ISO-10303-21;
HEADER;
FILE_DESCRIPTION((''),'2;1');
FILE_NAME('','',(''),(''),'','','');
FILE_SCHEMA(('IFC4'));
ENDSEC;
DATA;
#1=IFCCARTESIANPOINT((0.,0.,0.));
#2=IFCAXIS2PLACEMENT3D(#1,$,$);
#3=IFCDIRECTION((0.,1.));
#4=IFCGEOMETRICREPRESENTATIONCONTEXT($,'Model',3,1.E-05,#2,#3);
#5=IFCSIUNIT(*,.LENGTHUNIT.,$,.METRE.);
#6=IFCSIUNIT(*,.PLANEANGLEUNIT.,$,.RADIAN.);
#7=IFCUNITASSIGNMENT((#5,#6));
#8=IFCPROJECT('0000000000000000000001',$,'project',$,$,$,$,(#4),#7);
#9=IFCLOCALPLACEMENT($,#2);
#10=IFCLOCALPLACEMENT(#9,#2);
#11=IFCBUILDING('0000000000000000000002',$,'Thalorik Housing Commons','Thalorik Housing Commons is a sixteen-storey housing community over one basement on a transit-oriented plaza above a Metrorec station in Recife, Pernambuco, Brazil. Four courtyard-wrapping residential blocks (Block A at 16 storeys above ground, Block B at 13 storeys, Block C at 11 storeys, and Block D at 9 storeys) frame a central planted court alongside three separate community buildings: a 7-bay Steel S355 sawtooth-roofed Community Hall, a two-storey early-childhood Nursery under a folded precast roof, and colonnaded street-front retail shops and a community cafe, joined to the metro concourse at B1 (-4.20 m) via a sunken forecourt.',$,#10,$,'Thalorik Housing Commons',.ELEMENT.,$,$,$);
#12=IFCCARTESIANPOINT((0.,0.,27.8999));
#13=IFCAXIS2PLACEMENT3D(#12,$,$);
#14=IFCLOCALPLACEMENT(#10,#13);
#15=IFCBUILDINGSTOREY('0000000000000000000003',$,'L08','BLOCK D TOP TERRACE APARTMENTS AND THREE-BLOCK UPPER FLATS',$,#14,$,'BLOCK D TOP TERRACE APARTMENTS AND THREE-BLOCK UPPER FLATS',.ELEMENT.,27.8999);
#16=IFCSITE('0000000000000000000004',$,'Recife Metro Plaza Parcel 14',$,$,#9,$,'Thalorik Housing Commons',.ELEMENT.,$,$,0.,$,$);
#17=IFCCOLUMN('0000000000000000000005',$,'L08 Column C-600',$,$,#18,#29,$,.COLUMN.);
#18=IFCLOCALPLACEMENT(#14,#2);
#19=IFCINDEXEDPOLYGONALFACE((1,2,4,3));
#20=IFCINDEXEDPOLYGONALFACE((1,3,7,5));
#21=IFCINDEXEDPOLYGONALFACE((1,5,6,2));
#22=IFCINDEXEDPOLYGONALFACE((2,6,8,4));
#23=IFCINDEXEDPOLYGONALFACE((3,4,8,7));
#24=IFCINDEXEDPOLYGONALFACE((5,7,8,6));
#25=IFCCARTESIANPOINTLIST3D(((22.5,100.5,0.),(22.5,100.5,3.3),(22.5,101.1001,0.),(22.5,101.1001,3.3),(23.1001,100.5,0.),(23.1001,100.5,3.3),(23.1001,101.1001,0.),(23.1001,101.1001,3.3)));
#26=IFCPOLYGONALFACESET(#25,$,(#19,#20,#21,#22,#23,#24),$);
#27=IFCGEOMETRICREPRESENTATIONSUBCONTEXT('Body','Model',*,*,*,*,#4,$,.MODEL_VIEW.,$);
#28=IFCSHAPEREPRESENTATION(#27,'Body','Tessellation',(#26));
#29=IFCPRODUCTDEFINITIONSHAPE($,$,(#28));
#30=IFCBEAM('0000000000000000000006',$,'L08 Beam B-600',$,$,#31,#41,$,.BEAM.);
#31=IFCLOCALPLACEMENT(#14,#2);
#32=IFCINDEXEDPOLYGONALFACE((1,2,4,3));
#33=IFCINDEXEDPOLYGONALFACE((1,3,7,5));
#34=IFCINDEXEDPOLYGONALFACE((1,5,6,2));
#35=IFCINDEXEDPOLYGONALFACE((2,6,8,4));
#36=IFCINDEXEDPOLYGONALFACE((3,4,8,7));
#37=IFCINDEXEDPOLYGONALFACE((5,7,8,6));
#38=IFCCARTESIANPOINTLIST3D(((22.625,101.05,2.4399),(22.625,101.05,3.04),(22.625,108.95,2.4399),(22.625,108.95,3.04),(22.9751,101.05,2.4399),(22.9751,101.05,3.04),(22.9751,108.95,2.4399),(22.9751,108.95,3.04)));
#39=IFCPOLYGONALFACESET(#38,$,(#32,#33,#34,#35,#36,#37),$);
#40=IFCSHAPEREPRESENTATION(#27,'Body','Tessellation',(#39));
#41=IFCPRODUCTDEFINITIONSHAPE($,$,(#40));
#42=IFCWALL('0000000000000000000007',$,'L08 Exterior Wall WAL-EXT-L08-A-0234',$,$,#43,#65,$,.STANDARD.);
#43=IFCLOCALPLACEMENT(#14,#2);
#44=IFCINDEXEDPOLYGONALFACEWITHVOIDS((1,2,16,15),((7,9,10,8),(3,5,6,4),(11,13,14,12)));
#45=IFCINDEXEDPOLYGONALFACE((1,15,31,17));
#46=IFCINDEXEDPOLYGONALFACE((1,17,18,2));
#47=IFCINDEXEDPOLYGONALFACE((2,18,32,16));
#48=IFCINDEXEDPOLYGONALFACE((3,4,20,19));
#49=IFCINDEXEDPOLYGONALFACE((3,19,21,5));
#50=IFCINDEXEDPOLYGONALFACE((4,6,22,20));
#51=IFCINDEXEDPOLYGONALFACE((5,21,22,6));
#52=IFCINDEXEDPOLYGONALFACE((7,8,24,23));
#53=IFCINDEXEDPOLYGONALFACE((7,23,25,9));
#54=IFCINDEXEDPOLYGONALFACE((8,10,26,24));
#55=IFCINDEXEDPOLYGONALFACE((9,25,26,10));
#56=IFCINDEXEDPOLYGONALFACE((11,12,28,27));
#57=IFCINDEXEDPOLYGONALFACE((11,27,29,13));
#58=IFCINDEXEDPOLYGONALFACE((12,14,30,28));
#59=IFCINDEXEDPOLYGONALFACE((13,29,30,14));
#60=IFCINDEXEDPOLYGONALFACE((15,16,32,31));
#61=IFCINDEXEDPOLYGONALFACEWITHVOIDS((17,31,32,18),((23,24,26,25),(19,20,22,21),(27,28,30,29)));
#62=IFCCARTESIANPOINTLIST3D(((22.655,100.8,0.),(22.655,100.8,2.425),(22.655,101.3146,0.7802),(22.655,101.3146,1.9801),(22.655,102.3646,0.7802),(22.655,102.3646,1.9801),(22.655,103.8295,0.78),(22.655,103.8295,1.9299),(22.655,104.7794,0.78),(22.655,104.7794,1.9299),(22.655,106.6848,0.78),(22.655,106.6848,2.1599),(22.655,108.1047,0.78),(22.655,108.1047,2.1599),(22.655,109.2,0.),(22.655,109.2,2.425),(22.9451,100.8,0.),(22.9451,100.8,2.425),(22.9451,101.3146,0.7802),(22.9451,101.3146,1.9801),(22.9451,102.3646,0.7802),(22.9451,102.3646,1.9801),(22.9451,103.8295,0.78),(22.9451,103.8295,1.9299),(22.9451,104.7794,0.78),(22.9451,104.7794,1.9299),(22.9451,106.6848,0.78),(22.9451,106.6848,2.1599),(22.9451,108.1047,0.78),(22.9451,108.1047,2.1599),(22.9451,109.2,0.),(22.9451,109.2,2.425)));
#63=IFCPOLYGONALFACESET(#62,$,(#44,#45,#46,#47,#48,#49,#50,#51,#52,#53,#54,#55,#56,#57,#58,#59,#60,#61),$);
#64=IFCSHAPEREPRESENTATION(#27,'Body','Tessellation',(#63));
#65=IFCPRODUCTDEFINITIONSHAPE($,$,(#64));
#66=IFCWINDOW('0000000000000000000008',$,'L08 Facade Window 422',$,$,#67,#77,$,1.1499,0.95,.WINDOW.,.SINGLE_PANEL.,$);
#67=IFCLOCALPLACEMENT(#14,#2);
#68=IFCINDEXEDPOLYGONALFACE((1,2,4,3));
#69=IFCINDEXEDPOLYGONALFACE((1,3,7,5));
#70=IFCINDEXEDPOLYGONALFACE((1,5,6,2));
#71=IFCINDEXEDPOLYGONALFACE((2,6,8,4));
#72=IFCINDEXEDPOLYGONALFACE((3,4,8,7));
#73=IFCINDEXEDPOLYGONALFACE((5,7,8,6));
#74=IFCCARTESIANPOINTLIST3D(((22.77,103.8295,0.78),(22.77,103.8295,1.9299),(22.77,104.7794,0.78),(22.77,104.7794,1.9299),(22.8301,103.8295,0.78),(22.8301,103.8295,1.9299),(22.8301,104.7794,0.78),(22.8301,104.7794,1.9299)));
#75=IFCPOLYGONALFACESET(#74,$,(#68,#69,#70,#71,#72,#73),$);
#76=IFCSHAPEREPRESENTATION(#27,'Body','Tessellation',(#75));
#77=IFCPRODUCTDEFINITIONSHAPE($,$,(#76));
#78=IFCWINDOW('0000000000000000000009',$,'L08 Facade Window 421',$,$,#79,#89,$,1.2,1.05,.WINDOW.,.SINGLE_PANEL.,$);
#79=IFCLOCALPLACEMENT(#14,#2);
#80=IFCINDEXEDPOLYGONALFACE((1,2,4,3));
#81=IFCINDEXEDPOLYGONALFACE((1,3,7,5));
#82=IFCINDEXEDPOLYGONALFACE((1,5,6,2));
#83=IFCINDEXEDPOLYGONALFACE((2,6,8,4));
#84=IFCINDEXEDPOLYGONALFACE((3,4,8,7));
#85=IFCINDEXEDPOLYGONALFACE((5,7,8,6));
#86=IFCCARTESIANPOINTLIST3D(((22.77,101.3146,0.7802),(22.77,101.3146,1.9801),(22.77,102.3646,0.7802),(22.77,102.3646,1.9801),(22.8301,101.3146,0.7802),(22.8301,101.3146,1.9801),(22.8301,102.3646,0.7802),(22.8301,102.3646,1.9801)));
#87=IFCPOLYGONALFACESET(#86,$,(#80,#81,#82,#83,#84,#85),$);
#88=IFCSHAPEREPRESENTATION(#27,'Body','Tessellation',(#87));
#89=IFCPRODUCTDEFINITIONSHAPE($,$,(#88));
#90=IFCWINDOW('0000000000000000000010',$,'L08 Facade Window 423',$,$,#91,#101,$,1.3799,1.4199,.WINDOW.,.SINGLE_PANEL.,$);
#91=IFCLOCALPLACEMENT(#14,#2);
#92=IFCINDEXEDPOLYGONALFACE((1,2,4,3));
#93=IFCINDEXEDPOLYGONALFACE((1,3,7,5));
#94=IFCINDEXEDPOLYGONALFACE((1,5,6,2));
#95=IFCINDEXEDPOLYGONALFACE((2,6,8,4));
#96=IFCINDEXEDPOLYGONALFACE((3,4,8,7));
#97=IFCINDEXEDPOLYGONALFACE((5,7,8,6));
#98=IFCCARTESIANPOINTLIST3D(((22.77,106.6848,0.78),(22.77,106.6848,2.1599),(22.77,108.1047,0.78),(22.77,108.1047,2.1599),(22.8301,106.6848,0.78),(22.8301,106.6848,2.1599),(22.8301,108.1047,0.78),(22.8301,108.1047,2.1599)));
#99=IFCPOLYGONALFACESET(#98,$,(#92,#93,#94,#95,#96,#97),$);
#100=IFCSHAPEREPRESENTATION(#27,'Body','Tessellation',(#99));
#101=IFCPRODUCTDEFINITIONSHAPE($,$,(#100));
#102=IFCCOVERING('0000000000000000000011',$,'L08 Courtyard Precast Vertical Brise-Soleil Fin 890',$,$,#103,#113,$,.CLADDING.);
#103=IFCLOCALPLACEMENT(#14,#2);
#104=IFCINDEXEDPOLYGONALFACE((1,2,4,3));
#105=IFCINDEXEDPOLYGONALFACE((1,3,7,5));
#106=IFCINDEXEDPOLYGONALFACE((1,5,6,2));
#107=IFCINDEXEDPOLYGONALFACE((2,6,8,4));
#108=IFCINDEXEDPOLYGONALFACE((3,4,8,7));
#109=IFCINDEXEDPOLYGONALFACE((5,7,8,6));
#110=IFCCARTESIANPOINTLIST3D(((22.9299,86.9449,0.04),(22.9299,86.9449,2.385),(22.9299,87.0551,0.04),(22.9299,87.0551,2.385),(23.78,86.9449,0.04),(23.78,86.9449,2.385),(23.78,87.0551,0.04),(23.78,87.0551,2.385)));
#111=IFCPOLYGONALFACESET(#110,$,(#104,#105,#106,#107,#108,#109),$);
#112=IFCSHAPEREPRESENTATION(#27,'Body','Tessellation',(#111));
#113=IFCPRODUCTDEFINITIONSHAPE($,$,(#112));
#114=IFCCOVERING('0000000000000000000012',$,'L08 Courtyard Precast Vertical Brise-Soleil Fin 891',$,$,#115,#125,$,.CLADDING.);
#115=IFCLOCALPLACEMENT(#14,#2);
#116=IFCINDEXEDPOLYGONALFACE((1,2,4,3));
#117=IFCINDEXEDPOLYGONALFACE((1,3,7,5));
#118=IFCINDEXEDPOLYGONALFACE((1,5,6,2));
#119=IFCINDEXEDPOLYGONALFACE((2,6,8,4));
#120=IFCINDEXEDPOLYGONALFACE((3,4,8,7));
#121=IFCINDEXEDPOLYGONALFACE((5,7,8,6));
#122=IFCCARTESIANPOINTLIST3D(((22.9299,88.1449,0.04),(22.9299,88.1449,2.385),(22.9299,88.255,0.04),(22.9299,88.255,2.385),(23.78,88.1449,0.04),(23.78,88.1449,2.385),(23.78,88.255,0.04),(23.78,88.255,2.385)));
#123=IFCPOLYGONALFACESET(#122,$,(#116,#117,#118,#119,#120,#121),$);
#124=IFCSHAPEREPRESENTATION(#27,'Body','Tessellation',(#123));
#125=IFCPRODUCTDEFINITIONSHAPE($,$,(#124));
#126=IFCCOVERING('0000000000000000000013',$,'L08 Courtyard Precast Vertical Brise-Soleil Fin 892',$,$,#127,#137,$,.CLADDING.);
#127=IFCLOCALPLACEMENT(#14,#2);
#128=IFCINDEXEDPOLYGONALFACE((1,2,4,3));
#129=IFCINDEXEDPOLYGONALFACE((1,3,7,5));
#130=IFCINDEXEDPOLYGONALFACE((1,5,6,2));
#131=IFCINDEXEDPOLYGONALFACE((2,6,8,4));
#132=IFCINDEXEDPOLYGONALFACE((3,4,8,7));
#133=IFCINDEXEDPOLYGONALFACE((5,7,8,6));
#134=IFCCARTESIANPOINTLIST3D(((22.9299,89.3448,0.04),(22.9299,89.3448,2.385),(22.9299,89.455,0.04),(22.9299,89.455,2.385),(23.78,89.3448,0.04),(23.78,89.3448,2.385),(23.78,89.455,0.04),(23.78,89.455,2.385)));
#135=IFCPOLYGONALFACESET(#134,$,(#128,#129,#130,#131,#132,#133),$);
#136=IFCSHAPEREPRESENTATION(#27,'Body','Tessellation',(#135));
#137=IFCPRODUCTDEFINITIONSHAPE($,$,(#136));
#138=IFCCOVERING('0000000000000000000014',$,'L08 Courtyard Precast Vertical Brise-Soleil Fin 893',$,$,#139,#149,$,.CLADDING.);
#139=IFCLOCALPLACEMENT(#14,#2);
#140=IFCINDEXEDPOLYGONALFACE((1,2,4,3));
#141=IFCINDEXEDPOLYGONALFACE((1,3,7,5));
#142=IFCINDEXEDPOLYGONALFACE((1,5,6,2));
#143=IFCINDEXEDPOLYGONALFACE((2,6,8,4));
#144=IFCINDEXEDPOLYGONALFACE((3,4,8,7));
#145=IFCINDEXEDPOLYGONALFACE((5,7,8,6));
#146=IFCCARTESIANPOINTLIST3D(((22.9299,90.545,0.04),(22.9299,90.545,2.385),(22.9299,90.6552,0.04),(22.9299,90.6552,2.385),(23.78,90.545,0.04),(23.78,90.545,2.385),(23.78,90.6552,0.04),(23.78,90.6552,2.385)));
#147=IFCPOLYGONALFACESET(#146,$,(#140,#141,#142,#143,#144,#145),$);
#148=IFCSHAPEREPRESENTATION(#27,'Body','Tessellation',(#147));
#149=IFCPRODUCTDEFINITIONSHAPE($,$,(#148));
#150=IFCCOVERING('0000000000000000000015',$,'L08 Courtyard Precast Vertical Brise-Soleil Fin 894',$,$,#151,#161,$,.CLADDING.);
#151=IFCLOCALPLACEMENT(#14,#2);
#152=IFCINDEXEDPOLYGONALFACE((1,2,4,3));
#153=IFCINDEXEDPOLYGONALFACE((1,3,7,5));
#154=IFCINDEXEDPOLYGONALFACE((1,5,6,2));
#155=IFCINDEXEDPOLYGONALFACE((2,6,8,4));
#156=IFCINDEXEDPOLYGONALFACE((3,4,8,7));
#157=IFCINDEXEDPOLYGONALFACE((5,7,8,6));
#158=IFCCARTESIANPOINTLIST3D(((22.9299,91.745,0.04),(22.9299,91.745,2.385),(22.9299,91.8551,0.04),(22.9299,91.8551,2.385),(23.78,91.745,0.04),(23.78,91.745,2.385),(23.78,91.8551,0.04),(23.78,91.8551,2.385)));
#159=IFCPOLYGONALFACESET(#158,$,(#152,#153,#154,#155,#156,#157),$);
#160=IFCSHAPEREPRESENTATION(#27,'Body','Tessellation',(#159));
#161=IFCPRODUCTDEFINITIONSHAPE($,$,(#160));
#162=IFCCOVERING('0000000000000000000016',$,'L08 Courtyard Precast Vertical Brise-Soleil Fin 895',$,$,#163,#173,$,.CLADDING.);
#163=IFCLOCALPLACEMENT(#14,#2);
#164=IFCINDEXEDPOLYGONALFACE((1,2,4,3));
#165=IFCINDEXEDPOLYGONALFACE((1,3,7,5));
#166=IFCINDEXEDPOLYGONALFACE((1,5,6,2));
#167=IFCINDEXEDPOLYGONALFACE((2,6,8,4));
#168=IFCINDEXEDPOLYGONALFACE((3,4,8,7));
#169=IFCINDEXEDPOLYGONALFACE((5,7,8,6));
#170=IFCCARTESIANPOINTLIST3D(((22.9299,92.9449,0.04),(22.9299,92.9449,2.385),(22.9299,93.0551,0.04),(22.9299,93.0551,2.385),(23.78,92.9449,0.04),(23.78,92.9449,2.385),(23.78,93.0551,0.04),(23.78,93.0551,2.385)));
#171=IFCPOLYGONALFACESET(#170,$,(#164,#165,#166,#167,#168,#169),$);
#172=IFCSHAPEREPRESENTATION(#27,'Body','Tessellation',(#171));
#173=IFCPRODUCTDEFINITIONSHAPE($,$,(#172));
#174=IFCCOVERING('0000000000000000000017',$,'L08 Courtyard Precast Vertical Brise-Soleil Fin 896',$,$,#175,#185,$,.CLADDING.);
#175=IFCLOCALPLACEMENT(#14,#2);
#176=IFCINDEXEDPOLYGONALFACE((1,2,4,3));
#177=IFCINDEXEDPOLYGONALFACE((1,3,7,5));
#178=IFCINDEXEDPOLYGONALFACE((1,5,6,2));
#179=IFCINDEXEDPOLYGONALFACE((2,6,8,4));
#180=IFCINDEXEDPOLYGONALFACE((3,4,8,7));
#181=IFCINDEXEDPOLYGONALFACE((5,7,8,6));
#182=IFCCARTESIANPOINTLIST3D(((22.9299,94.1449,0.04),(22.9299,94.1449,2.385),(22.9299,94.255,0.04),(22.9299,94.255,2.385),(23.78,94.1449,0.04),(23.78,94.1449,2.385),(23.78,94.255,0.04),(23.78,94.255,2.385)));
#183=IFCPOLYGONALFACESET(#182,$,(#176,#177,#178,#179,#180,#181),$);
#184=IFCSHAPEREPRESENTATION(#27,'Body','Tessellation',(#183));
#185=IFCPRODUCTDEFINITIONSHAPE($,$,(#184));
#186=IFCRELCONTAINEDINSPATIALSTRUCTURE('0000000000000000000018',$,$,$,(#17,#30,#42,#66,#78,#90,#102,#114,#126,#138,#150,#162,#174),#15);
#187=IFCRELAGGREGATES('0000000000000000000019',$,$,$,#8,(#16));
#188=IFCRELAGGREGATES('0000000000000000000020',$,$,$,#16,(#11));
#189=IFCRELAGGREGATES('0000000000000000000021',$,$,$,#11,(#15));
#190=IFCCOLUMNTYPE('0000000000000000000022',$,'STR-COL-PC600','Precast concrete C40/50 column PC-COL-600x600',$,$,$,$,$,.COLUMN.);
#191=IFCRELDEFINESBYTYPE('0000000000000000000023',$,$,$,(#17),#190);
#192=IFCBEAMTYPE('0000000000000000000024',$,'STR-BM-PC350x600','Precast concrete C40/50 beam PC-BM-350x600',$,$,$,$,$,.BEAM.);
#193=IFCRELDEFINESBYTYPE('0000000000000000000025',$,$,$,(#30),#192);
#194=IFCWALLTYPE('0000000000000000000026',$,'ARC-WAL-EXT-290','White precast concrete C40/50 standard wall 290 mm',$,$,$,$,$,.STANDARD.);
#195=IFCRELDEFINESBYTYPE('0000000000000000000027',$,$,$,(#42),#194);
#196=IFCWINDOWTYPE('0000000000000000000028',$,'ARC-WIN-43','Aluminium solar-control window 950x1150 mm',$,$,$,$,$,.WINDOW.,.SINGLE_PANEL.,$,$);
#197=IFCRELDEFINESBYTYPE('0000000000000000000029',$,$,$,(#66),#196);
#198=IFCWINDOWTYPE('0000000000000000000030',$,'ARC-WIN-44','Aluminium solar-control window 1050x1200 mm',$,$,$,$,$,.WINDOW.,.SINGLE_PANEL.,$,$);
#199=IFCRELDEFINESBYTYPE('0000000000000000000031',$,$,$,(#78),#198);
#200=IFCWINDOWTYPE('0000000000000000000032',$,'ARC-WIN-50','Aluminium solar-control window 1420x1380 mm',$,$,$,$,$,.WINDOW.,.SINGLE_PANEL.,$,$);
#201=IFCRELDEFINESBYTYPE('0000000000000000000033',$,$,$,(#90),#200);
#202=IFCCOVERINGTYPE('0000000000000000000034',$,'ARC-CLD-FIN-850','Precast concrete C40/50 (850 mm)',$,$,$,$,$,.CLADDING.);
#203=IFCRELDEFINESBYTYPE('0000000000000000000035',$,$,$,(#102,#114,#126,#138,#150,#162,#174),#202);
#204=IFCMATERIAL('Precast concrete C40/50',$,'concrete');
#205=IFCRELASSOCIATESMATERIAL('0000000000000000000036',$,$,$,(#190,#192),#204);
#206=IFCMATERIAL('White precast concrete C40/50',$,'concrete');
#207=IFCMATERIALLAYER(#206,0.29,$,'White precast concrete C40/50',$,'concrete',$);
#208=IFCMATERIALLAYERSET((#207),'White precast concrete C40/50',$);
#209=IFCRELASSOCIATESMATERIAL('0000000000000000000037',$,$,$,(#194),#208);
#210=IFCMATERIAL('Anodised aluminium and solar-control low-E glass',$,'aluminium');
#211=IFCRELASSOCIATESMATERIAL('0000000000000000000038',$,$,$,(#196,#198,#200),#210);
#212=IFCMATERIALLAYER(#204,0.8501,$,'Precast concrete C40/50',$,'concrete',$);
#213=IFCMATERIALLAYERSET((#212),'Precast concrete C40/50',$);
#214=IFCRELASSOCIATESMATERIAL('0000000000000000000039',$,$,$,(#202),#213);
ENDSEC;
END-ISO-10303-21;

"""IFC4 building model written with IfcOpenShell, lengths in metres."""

from ifc_helpers import new_model, si_unit, direction, frame, frame_2d, origin, origin_2d, place, context, subcontext, project, spatial, rectangle, extrude, material, layer, layer_set, material_profile, profile_set, type_object, element, fill, save


model = new_model("IFC4")

# Units and contexts
model_context = context("Model", 3, precision=1e-05, world=origin(), true_north=direction((0.0, 1.0)))
body_context = subcontext(model_context, "Body", "Model", "MODEL_VIEW")
ifc_project = project(units=[si_unit("LENGTHUNIT", "METRE"), si_unit("PLANEANGLEUNIT", "RADIAN")], contexts=[model_context])

# Site, building, storey
site_placement = place(None, origin())
site = spatial("IfcSite", under=ifc_project, at=site_placement, Name="Recife Metro Plaza Parcel 14", LongName="Thalorik Housing Commons", CompositionType="ELEMENT", RefElevation=0.0)
building_placement = place(site_placement, origin())
building = spatial("IfcBuilding", under=site, at=building_placement, Name="Thalorik Housing Commons", Description="Thalorik Housing Commons is a sixteen-storey housing community over one basement on a transit-oriented plaza above a Metrorec station in Recife, Pernambuco, Brazil. Four courtyard-wrapping residential blocks (Block A at 16 storeys above ground, Block B at 13 storeys, Block C at 11 storeys, and Block D at 9 storeys) frame a central planted court alongside three separate community buildings: a 7-bay Steel S355 sawtooth-roofed Community Hall, a two-storey early-childhood Nursery under a folded precast roof, and colonnaded street-front retail shops and a community cafe, joined to the metro concourse at B1 (-4.20 m) via a sunken forecourt.", LongName="Thalorik Housing Commons", CompositionType="ELEMENT")
storey_placement = place(building_placement, frame((0.0, 0.0, 27.8999)))
storey = spatial("IfcBuildingStorey", under=building, at=storey_placement, Name="L08", Description="BLOCK D TOP TERRACE APARTMENTS AND THREE-BLOCK UPPER FLATS", LongName="BLOCK D TOP TERRACE APARTMENTS AND THREE-BLOCK UPPER FLATS", CompositionType="ELEMENT", Elevation=27.8999)

# Column
ifc_material_1 = material(Name="Precast concrete C40/50", Category="concrete")
ifc_material_profile_1 = material_profile(ifc_material_1, rectangle(XDim=0.6001, YDim=0.6001, at=origin_2d()), Name="PC 600x600", Category="concrete")
ifc_profile_set_1 = profile_set([ifc_material_profile_1], Name="Precast concrete C40/50")
column_type = type_object("IfcColumnType", Name="STR-COL-PC600", Description="Precast concrete C40/50 column PC-COL-600x600", PredefinedType="COLUMN", material=ifc_profile_set_1)
column_placement = place(storey_placement, frame((22.8, 100.8, 0.0), z_axis=(0.0, 0.0, 1.0), x_axis=(1.0, 0.0, 0.0)))
element("IfcColumn", 1, at=column_placement, inside=storey, type_object=column_type, Name="L08 Column C-600", PredefinedType="COLUMN", context=body_context, shape_type="SweptSolid", body=[
    extrude(rectangle(XDim=0.6001, YDim=0.6001, at=origin_2d()), origin(), (0.0, 0.0, 1.0), 3.3),
])

# Beam
ifc_material_profile_2 = material_profile(ifc_material_1, rectangle(XDim=0.3501, YDim=0.6001, at=origin_2d()), Name="PC 350x600", Category="concrete")
ifc_profile_set_2 = profile_set([ifc_material_profile_2], Name="Precast concrete C40/50")
beam_type = type_object("IfcBeamType", Name="STR-BM-PC350x600", Description="Precast concrete C40/50 beam PC-BM-350x600", PredefinedType="BEAM", material=ifc_profile_set_2)
beam_placement = place(storey_placement, frame((22.8, 101.05, 2.74), z_axis=(0.0, 1.0, 0.0), x_axis=(-1.0, 0.0, 0.0)))
element("IfcBeam", 2, at=beam_placement, inside=storey, type_object=beam_type, Name="L08 Beam B-600", PredefinedType="BEAM", context=body_context, shape_type="SweptSolid", body=[
    extrude(rectangle(XDim=0.3501, YDim=0.6001, at=origin_2d()), origin(), (0.0, 0.0, 1.0), 7.8999),
])

# Wall, openings, windows
ifc_material_2 = material(Name="White precast concrete C40/50", Category="concrete")
ifc_layer_1 = layer(ifc_material_2, 0.29, Name="White precast concrete C40/50", Category="concrete")
ifc_layer_set_1 = layer_set([ifc_layer_1], Name="White precast concrete C40/50")
wall_type = type_object("IfcWallType", Name="ARC-WAL-EXT-290", Description="White precast concrete C40/50 standard wall 290 mm", PredefinedType="STANDARD", material=ifc_layer_set_1)
wall_placement = place(storey_placement, frame((22.8, 100.8, 0.0), z_axis=(0.0, 0.0, 1.0), x_axis=(0.0, 1.0, 0.0)))
wall = element("IfcWall", 3, at=wall_placement, inside=storey, type_object=wall_type, Name="L08 Exterior Wall WAL-EXT-L08-A-0234", PredefinedType="STANDARD", context=body_context, shape_type="SweptSolid", body=[
    extrude(rectangle(XDim=8.3999, YDim=0.29, at=frame_2d((4.2, 0.0))), origin(), (0.0, 0.0, 1.0), 2.425),
])
opening_1_placement = place(wall_placement, frame((0.5146, 0.0, 0.78)))
opening_1 = element("IfcOpeningElement", 4, at=opening_1_placement, cuts=wall, PredefinedType="OPENING", context=body_context, shape_type="SweptSolid", body=[
    extrude(rectangle(XDim=1.05, YDim=1.2, at=frame_2d((0.5249, 0.6001))), frame((0.0, 0.155, 0.0), z_axis=(0.0, -1.0, 0.0), x_axis=(1.0, 0.0, 0.0)), (0.0, 0.0, 1.0), 0.3101),
])
opening_2_placement = place(wall_placement, frame((3.0293, 0.0, 0.78)))
opening_2 = element("IfcOpeningElement", 5, at=opening_2_placement, cuts=wall, PredefinedType="OPENING", context=body_context, shape_type="SweptSolid", body=[
    extrude(rectangle(XDim=0.95, YDim=1.1499, at=frame_2d((0.4751, 0.575))), frame((0.0, 0.155, 0.0), z_axis=(0.0, -1.0, 0.0), x_axis=(1.0, 0.0, 0.0)), (0.0, 0.0, 1.0), 0.3101),
])
opening_3_placement = place(wall_placement, frame((5.8848, 0.0, 0.78)))
opening_3 = element("IfcOpeningElement", 6, at=opening_3_placement, cuts=wall, PredefinedType="OPENING", context=body_context, shape_type="SweptSolid", body=[
    extrude(rectangle(XDim=1.4199, YDim=1.3799, at=frame_2d((0.71, 0.6899))), frame((0.0, 0.155, 0.0), z_axis=(0.0, -1.0, 0.0), x_axis=(1.0, 0.0, 0.0)), (0.0, 0.0, 1.0), 0.3101),
])
ifc_material_3 = material(Name="Anodised aluminium and solar-control low-E glass", Category="aluminium")
window_type_1 = type_object("IfcWindowType", Name="ARC-WIN-43", Description="Aluminium solar-control window 950x1150 mm", PartitioningType="SINGLE_PANEL", PredefinedType="WINDOW", material=ifc_material_3)
window_1_placement = place(opening_2_placement, origin())
window_1 = element("IfcWindow", 7, at=window_1_placement, inside=storey, type_object=window_type_1, Name="L08 Facade Window 422", OverallHeight=1.1499, OverallWidth=0.95, PartitioningType="SINGLE_PANEL", PredefinedType="WINDOW", context=body_context, shape_type="SweptSolid", body=[
    extrude(rectangle(XDim=0.95, YDim=1.1499, at=frame_2d((0.4751, 0.575))), frame((0.0, 0.03, 0.0), z_axis=(0.0, -1.0, 0.0), x_axis=(1.0, 0.0, 0.0)), (0.0, 0.0, 1.0), 0.0601),
])
fill(opening_2, window_1)
window_type_2 = type_object("IfcWindowType", Name="ARC-WIN-44", Description="Aluminium solar-control window 1050x1200 mm", PartitioningType="SINGLE_PANEL", PredefinedType="WINDOW", material=ifc_material_3)
window_2_placement = place(opening_1_placement, origin())
window_2 = element("IfcWindow", 8, at=window_2_placement, inside=storey, type_object=window_type_2, Name="L08 Facade Window 421", OverallHeight=1.2, OverallWidth=1.05, PartitioningType="SINGLE_PANEL", PredefinedType="WINDOW", context=body_context, shape_type="SweptSolid", body=[
    extrude(rectangle(XDim=1.05, YDim=1.2, at=frame_2d((0.5249, 0.6001))), frame((0.0, 0.03, 0.0), z_axis=(0.0, -1.0, 0.0), x_axis=(1.0, 0.0, 0.0)), (0.0, 0.0, 1.0), 0.0601),
])
fill(opening_1, window_2)
window_type_3 = type_object("IfcWindowType", Name="ARC-WIN-50", Description="Aluminium solar-control window 1420x1380 mm", PartitioningType="SINGLE_PANEL", PredefinedType="WINDOW", material=ifc_material_3)
window_3_placement = place(opening_3_placement, origin())
window_3 = element("IfcWindow", 9, at=window_3_placement, inside=storey, type_object=window_type_3, Name="L08 Facade Window 423", OverallHeight=1.3799, OverallWidth=1.4199, PartitioningType="SINGLE_PANEL", PredefinedType="WINDOW", context=body_context, shape_type="SweptSolid", body=[
    extrude(rectangle(XDim=1.4199, YDim=1.3799, at=frame_2d((0.71, 0.6899))), frame((0.0, 0.03, 0.0), z_axis=(0.0, -1.0, 0.0), x_axis=(1.0, 0.0, 0.0)), (0.0, 0.0, 1.0), 0.0601),
])
fill(opening_3, window_3)

# Coverings
ifc_layer_2 = layer(ifc_material_1, 0.8501, Name="Precast concrete C40/50", Category="concrete")
ifc_layer_set_2 = layer_set([ifc_layer_2], Name="Precast concrete C40/50")
covering_type_1 = type_object("IfcCoveringType", Name="ARC-CLD-FIN-850", Description="Precast concrete C40/50 (850 mm)", PredefinedType="CLADDING", material=ifc_layer_set_2)
for number, where, z_axis, x_axis, name in (
    (10, (23.355, 87.0, 0.04), (0.0, 0.0, 1.0), (0.0, 1.0, 0.0), "L08 Courtyard Precast Vertical Brise-Soleil Fin 890"),
    (11, (23.355, 88.2, 0.04), (0.0, 0.0, 1.0), (0.0, 1.0, 0.0), "L08 Courtyard Precast Vertical Brise-Soleil Fin 891"),
    (12, (23.355, 89.3999, 0.04), (0.0, 0.0, 1.0), (0.0, 1.0, 0.0), "L08 Courtyard Precast Vertical Brise-Soleil Fin 892"),
    (13, (23.355, 90.6001, 0.04), (0.0, 0.0, 1.0), (0.0, 1.0, 0.0), "L08 Courtyard Precast Vertical Brise-Soleil Fin 893"),
    (14, (23.355, 91.8, 0.04), (0.0, 0.0, 1.0), (0.0, 1.0, 0.0), "L08 Courtyard Precast Vertical Brise-Soleil Fin 894"),
    (15, (23.355, 93.0, 0.04), (0.0, 0.0, 1.0), (0.0, 1.0, 0.0), "L08 Courtyard Precast Vertical Brise-Soleil Fin 895"),
    (16, (23.355, 94.2, 0.04), (0.0, 0.0, 1.0), (0.0, 1.0, 0.0), "L08 Courtyard Precast Vertical Brise-Soleil Fin 896"),
):
    element("IfcCovering", number, at=place(storey_placement, frame(where, z_axis=z_axis, x_axis=x_axis)), inside=storey, type_object=covering_type_1, Name=name, PredefinedType="CLADDING", context=body_context, shape_type="SweptSolid", body=[
        extrude(rectangle(XDim=0.1101, YDim=0.8501, at=origin_2d()), origin(), (0.0, 0.0, 1.0), 2.345),
    ])

save(model, "model.ifc")
